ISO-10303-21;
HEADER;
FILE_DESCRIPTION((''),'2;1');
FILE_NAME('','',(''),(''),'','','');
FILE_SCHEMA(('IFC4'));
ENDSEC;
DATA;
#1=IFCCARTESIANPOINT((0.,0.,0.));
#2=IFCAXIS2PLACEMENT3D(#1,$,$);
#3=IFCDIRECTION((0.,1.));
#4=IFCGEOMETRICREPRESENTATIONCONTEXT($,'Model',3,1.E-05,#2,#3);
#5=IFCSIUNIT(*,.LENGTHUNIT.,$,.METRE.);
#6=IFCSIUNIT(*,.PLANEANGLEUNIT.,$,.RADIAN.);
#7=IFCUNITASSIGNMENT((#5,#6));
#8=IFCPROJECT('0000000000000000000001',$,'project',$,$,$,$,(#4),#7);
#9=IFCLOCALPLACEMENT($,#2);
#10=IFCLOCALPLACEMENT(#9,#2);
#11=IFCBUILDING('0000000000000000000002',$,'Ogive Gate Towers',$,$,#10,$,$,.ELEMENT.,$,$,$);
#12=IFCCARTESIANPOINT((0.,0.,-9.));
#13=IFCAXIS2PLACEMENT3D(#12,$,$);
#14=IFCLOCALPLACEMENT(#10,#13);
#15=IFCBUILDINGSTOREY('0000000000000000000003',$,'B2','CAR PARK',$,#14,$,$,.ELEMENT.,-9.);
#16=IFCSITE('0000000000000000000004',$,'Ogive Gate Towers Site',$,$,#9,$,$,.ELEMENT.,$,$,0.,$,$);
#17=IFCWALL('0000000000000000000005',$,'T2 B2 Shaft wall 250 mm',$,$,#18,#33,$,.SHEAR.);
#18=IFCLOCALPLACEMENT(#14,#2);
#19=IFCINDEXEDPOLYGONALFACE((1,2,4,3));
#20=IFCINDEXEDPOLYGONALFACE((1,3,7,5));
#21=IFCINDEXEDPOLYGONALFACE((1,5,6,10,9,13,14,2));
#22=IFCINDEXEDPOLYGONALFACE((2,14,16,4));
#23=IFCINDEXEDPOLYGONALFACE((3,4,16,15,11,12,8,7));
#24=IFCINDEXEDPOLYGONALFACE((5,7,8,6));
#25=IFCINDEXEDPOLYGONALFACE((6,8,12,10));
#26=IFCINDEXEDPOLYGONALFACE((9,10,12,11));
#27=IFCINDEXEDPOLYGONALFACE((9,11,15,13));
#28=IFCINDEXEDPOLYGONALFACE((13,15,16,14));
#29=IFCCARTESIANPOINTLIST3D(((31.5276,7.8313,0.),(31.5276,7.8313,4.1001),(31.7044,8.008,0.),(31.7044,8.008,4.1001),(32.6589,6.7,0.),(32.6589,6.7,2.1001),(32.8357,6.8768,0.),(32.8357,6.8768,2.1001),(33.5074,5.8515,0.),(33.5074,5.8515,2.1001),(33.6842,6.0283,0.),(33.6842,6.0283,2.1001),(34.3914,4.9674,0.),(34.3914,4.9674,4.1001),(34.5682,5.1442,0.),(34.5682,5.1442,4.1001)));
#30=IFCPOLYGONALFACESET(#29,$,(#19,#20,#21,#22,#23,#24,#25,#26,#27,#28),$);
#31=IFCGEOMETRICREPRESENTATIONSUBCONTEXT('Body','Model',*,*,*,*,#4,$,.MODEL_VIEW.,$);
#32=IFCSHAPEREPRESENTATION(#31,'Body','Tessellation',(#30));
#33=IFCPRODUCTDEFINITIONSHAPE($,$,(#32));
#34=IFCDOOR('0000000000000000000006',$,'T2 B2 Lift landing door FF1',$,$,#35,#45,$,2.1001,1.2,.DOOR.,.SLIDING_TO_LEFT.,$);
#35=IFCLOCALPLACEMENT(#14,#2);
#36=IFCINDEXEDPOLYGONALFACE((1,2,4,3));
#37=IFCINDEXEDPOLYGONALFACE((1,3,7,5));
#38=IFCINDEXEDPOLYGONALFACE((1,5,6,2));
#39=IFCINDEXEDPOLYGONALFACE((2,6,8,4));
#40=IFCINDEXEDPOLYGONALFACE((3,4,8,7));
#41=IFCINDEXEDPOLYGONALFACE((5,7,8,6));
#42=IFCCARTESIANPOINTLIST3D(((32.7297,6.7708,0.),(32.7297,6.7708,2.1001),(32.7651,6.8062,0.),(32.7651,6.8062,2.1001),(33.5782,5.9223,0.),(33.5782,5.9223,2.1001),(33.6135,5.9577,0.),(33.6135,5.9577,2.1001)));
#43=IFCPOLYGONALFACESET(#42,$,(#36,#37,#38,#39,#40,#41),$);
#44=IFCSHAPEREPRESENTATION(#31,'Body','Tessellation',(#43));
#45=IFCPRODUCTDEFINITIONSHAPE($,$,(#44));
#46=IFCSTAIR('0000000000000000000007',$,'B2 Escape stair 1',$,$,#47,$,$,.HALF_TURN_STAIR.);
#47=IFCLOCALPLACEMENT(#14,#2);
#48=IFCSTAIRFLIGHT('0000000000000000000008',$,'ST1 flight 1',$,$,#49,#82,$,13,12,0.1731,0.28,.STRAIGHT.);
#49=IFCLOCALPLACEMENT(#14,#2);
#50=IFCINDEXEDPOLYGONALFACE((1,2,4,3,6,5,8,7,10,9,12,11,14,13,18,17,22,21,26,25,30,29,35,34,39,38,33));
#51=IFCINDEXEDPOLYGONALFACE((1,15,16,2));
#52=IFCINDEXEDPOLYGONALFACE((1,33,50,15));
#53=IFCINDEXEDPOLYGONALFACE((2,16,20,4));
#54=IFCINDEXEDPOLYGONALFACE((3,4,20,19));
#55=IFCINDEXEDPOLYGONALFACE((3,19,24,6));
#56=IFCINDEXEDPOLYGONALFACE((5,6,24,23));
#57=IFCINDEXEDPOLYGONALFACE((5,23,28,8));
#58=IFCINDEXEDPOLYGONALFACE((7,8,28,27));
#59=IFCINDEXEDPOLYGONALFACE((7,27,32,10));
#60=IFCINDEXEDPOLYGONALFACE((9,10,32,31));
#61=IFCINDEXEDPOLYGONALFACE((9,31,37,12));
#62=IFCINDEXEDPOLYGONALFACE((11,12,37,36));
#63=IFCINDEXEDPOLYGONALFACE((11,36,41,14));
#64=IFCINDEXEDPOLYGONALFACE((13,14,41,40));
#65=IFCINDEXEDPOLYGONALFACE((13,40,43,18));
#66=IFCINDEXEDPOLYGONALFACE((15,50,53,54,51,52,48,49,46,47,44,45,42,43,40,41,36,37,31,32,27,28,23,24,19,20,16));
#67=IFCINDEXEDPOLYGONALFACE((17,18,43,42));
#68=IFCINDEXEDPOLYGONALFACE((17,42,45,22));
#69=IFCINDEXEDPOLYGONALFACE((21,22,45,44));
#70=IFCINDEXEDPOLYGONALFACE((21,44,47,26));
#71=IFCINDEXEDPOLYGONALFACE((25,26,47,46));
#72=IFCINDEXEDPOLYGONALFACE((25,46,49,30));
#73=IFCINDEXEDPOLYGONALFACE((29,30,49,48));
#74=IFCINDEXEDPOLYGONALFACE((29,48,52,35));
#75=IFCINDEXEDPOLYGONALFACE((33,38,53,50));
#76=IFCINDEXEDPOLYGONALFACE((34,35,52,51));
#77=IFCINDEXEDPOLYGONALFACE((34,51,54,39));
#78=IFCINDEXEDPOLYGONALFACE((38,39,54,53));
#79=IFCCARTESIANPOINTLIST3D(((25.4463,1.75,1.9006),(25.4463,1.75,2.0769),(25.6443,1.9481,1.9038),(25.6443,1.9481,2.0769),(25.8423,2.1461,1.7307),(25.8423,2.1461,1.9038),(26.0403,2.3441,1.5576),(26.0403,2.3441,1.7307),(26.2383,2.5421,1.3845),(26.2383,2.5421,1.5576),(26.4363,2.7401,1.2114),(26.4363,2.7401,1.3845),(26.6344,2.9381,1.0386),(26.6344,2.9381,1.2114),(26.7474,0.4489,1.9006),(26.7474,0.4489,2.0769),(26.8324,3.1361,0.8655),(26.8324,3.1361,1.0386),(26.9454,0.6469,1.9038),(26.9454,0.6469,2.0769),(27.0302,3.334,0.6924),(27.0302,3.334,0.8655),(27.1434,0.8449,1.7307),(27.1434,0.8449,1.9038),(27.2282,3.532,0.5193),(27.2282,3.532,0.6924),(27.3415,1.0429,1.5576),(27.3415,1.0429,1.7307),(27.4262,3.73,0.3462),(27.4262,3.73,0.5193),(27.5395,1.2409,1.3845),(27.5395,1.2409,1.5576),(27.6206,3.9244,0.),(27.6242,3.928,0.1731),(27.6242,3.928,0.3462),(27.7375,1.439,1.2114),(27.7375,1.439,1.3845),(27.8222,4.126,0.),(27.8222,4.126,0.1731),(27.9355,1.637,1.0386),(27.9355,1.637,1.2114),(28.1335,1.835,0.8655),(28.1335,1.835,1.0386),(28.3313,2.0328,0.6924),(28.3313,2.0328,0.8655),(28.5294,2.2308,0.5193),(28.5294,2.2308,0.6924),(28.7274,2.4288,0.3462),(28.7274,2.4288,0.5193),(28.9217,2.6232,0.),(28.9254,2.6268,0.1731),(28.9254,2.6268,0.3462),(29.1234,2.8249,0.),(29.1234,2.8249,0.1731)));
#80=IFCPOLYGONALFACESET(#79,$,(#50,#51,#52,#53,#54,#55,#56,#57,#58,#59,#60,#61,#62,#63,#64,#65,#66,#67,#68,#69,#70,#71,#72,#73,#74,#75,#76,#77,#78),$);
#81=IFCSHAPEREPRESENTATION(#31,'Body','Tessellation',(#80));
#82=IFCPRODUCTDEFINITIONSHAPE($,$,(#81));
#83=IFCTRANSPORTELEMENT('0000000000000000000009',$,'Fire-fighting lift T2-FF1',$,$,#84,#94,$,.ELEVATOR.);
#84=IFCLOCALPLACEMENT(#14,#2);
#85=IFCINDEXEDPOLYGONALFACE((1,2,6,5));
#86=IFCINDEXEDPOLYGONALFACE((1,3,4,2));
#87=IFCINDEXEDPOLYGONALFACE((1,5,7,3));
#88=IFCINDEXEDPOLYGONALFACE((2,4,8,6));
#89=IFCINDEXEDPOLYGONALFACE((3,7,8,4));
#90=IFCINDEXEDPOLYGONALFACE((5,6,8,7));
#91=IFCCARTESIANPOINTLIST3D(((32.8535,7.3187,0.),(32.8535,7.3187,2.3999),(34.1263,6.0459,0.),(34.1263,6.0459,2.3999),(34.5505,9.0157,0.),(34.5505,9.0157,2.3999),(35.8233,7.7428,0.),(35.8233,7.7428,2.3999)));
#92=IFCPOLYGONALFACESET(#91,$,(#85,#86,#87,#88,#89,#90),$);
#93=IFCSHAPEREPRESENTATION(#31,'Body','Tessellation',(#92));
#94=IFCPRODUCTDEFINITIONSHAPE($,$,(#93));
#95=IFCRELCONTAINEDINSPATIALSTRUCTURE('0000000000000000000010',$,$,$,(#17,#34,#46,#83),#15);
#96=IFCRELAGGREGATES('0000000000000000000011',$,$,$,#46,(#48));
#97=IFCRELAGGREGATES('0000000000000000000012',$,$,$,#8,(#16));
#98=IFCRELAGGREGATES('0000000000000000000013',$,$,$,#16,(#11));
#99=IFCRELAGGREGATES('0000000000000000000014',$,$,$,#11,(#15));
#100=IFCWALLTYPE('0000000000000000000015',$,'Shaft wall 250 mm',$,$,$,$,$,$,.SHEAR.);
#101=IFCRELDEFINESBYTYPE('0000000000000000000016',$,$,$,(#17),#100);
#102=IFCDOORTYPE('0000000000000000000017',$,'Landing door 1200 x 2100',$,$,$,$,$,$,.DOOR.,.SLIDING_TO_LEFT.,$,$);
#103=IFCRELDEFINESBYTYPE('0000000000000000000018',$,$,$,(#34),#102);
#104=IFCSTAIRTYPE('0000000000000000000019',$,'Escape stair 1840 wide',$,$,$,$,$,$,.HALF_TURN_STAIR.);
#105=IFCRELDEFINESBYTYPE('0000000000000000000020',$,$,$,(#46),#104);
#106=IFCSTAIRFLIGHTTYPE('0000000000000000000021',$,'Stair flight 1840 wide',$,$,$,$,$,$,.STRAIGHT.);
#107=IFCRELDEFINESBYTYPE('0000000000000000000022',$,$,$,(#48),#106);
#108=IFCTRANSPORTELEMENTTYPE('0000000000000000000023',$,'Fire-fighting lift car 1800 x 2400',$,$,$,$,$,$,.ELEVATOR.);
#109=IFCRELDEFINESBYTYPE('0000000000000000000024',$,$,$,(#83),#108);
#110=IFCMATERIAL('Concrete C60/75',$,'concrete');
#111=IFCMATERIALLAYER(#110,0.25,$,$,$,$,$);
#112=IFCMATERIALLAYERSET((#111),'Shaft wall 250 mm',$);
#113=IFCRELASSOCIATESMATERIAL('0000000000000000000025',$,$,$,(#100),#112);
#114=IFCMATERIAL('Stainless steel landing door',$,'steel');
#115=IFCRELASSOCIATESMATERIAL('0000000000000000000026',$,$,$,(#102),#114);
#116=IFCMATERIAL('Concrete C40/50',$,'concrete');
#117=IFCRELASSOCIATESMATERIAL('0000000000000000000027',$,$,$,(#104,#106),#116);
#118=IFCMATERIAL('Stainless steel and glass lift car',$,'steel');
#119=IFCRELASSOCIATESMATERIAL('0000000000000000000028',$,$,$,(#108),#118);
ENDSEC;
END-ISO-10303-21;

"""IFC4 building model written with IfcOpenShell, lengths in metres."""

from ifc_helpers import new_model, si_unit, direction, frame, frame_2d, origin, origin_2d, place, context, subcontext, project, spatial, polyline, rectangle, outline, extrude, material, layer, layer_set, type_object, element, fill, aggregate, save


model = new_model("IFC4")

# Units and contexts
model_context = context("Model", 3, precision=1e-05, world=origin(), true_north=direction((0.0, 1.0)))
body_context = subcontext(model_context, "Body", "Model", "MODEL_VIEW")
ifc_project = project(units=[si_unit("LENGTHUNIT", "METRE"), si_unit("PLANEANGLEUNIT", "RADIAN")], contexts=[model_context])

# Site, building, storey
site_placement = place(None, origin())
site = spatial("IfcSite", under=ifc_project, at=site_placement, Name="Ogive Gate Towers Site", CompositionType="ELEMENT", RefElevation=0.0)
building_placement = place(site_placement, origin())
building = spatial("IfcBuilding", under=site, at=building_placement, Name="Ogive Gate Towers", CompositionType="ELEMENT")
storey_placement = place(building_placement, frame((0.0, 0.0, -9.0)))
storey = spatial("IfcBuildingStorey", under=building, at=storey_placement, Name="B2", Description="CAR PARK", CompositionType="ELEMENT", Elevation=-9.0)

# Shared definitions
ifc_material_1 = material(Name="Concrete C40/50", Category="concrete")

# Shared definitions
ifc_material_2 = material(Name="Concrete C60/75", Category="concrete")

# Shared definitions
ifc_layer_1 = layer(ifc_material_2, 0.25)
ifc_layer_set_1 = layer_set([ifc_layer_1], Name="Shaft wall 250 mm")
wall_type_1 = type_object("IfcWallType", Name="Shaft wall 250 mm", PredefinedType="SHEAR", material=ifc_layer_set_1)

# Wall, opening, door
wall_1_placement = place(storey_placement, frame((34.4797, 5.0559, 0.0), z_axis=(0.0, 0.0, 1.0), x_axis=(-0.707107, 0.707107, 0.0)))
wall_1 = element("IfcWall", 1, at=wall_1_placement, inside=storey, type_object=wall_type_1, Name="T2 B2 Shaft wall 250 mm", PredefinedType="SHEAR", context=body_context, shape_type="SweptSolid", body=[
    extrude(rectangle(XDim=4.05, YDim=0.25, at=frame_2d((2.0249, 0.0))), origin(), (0.0, 0.0, 1.0), 4.1001),
])
opening_1_placement = place(wall_1_placement, frame((1.25, 0.0, 0.0)))
opening_1 = element("IfcOpeningElement", 2, at=opening_1_placement, cuts=wall_1, PredefinedType="OPENING", context=body_context, shape_type="SweptSolid", body=[
    extrude(rectangle(XDim=1.2, YDim=2.1001, at=frame_2d((0.6001, 1.05))), frame((0.0, 0.135, 0.0), z_axis=(0.0, -1.0, 0.0), x_axis=(1.0, 0.0, 0.0)), (0.0, 0.0, 1.0), 0.27),
])
ifc_material_3 = material(Name="Stainless steel landing door", Category="steel")
door_type_1 = type_object("IfcDoorType", Name="Landing door 1200 x 2100", OperationType="SLIDING_TO_LEFT", PredefinedType="DOOR", material=ifc_material_3)
door_1_placement = place(opening_1_placement, origin())
door_1 = element("IfcDoor", 3, at=door_1_placement, inside=storey, type_object=door_type_1, Name="T2 B2 Lift landing door FF1", OperationType="SLIDING_TO_LEFT", OverallHeight=2.1001, OverallWidth=1.2, PredefinedType="DOOR", context=body_context, shape_type="SweptSolid", body=[
    extrude(rectangle(XDim=1.2, YDim=2.1001, at=frame_2d((0.6001, 1.05))), frame((0.0, 0.0249, 0.0), z_axis=(0.0, -1.0, 0.0), x_axis=(1.0, 0.0, 0.0)), (0.0, 0.0, 1.0), 0.05),
])
fill(opening_1, door_1)

# Stair, stair flight
stair_type = type_object("IfcStairType", Name="Escape stair 1840 wide", PredefinedType="HALF_TURN_STAIR", material=ifc_material_1)
stair_placement = place(storey_placement, origin())
stair = element("IfcStair", 4, at=stair_placement, inside=storey, type_object=stair_type, Name="B2 Escape stair 1", PredefinedType="HALF_TURN_STAIR")
stair_flight_type = type_object("IfcStairFlightType", Name="Stair flight 1840 wide", PredefinedType="STRAIGHT", material=ifc_material_1)
stair_flight_placement = place(storey_placement, frame((28.4729, 3.4753, 0.0), z_axis=(0.0, 0.0, 1.0), x_axis=(-0.707107, -0.707107, 0.0)))
stair_flight = element("IfcStairFlight", 5, at=stair_flight_placement, type_object=stair_flight_type, Name="ST1 flight 1", NumberOfRisers=13, NumberOfTreads=12, PredefinedType="STRAIGHT", RiserHeight=0.1731, TreadLength=0.28, context=body_context, shape_type="SweptSolid", body=[
    extrude(outline(polyline([(0.0, 0.0), (0.0, 0.1731), (0.28, 0.1731), (0.28, 0.3462), (0.5601, 0.3462), (0.5601, 0.5193), (0.8401, 0.5193), (0.8401, 0.6924), (1.1201, 0.6924), (1.1201, 0.8655), (1.3999, 0.8655), (1.3999, 1.0386), (1.6799, 1.0386), (1.6799, 1.2114), (1.96, 1.2114), (1.96, 1.3845), (2.24, 1.3845), (2.24, 1.5576), (2.52, 1.5576), (2.52, 1.7307), (2.8, 1.7307), (2.8, 1.9038), (3.0801, 1.9038), (3.0801, 2.0769), (3.3601, 2.0769), (3.3601, 2.25), (3.3601, 1.9006), (0.2852, 0.0), (0.0, 0.0)])), frame((0.0, 0.9199, 0.0), z_axis=(0.0, -1.0, 0.0), x_axis=(1.0, 0.0, 0.0)), (0.0, 0.0, 1.0), 1.8401),
])
aggregate(stair, [stair_flight])

# Transport element
ifc_material_4 = material(Name="Stainless steel and glass lift car", Category="steel")
transport_element_type = type_object("IfcTransportElementType", Name="Fire-fighting lift car 1800 x 2400", PredefinedType="ELEVATOR", material=ifc_material_4)
transport_element_placement = place(storey_placement, frame((34.3384, 7.5308, 0.0), z_axis=(0.0, 0.0, 1.0), x_axis=(0.707107, 0.707107, 0.0)))
element("IfcTransportElement", 6, at=transport_element_placement, inside=storey, type_object=transport_element_type, Name="Fire-fighting lift T2-FF1", PredefinedType="ELEVATOR", context=body_context, shape_type="SweptSolid", body=[
    extrude(rectangle(XDim=2.3999, YDim=1.8, at=origin_2d()), origin(), (0.0, 0.0, 1.0), 2.3999),
])

save(model, "model.ifc")
